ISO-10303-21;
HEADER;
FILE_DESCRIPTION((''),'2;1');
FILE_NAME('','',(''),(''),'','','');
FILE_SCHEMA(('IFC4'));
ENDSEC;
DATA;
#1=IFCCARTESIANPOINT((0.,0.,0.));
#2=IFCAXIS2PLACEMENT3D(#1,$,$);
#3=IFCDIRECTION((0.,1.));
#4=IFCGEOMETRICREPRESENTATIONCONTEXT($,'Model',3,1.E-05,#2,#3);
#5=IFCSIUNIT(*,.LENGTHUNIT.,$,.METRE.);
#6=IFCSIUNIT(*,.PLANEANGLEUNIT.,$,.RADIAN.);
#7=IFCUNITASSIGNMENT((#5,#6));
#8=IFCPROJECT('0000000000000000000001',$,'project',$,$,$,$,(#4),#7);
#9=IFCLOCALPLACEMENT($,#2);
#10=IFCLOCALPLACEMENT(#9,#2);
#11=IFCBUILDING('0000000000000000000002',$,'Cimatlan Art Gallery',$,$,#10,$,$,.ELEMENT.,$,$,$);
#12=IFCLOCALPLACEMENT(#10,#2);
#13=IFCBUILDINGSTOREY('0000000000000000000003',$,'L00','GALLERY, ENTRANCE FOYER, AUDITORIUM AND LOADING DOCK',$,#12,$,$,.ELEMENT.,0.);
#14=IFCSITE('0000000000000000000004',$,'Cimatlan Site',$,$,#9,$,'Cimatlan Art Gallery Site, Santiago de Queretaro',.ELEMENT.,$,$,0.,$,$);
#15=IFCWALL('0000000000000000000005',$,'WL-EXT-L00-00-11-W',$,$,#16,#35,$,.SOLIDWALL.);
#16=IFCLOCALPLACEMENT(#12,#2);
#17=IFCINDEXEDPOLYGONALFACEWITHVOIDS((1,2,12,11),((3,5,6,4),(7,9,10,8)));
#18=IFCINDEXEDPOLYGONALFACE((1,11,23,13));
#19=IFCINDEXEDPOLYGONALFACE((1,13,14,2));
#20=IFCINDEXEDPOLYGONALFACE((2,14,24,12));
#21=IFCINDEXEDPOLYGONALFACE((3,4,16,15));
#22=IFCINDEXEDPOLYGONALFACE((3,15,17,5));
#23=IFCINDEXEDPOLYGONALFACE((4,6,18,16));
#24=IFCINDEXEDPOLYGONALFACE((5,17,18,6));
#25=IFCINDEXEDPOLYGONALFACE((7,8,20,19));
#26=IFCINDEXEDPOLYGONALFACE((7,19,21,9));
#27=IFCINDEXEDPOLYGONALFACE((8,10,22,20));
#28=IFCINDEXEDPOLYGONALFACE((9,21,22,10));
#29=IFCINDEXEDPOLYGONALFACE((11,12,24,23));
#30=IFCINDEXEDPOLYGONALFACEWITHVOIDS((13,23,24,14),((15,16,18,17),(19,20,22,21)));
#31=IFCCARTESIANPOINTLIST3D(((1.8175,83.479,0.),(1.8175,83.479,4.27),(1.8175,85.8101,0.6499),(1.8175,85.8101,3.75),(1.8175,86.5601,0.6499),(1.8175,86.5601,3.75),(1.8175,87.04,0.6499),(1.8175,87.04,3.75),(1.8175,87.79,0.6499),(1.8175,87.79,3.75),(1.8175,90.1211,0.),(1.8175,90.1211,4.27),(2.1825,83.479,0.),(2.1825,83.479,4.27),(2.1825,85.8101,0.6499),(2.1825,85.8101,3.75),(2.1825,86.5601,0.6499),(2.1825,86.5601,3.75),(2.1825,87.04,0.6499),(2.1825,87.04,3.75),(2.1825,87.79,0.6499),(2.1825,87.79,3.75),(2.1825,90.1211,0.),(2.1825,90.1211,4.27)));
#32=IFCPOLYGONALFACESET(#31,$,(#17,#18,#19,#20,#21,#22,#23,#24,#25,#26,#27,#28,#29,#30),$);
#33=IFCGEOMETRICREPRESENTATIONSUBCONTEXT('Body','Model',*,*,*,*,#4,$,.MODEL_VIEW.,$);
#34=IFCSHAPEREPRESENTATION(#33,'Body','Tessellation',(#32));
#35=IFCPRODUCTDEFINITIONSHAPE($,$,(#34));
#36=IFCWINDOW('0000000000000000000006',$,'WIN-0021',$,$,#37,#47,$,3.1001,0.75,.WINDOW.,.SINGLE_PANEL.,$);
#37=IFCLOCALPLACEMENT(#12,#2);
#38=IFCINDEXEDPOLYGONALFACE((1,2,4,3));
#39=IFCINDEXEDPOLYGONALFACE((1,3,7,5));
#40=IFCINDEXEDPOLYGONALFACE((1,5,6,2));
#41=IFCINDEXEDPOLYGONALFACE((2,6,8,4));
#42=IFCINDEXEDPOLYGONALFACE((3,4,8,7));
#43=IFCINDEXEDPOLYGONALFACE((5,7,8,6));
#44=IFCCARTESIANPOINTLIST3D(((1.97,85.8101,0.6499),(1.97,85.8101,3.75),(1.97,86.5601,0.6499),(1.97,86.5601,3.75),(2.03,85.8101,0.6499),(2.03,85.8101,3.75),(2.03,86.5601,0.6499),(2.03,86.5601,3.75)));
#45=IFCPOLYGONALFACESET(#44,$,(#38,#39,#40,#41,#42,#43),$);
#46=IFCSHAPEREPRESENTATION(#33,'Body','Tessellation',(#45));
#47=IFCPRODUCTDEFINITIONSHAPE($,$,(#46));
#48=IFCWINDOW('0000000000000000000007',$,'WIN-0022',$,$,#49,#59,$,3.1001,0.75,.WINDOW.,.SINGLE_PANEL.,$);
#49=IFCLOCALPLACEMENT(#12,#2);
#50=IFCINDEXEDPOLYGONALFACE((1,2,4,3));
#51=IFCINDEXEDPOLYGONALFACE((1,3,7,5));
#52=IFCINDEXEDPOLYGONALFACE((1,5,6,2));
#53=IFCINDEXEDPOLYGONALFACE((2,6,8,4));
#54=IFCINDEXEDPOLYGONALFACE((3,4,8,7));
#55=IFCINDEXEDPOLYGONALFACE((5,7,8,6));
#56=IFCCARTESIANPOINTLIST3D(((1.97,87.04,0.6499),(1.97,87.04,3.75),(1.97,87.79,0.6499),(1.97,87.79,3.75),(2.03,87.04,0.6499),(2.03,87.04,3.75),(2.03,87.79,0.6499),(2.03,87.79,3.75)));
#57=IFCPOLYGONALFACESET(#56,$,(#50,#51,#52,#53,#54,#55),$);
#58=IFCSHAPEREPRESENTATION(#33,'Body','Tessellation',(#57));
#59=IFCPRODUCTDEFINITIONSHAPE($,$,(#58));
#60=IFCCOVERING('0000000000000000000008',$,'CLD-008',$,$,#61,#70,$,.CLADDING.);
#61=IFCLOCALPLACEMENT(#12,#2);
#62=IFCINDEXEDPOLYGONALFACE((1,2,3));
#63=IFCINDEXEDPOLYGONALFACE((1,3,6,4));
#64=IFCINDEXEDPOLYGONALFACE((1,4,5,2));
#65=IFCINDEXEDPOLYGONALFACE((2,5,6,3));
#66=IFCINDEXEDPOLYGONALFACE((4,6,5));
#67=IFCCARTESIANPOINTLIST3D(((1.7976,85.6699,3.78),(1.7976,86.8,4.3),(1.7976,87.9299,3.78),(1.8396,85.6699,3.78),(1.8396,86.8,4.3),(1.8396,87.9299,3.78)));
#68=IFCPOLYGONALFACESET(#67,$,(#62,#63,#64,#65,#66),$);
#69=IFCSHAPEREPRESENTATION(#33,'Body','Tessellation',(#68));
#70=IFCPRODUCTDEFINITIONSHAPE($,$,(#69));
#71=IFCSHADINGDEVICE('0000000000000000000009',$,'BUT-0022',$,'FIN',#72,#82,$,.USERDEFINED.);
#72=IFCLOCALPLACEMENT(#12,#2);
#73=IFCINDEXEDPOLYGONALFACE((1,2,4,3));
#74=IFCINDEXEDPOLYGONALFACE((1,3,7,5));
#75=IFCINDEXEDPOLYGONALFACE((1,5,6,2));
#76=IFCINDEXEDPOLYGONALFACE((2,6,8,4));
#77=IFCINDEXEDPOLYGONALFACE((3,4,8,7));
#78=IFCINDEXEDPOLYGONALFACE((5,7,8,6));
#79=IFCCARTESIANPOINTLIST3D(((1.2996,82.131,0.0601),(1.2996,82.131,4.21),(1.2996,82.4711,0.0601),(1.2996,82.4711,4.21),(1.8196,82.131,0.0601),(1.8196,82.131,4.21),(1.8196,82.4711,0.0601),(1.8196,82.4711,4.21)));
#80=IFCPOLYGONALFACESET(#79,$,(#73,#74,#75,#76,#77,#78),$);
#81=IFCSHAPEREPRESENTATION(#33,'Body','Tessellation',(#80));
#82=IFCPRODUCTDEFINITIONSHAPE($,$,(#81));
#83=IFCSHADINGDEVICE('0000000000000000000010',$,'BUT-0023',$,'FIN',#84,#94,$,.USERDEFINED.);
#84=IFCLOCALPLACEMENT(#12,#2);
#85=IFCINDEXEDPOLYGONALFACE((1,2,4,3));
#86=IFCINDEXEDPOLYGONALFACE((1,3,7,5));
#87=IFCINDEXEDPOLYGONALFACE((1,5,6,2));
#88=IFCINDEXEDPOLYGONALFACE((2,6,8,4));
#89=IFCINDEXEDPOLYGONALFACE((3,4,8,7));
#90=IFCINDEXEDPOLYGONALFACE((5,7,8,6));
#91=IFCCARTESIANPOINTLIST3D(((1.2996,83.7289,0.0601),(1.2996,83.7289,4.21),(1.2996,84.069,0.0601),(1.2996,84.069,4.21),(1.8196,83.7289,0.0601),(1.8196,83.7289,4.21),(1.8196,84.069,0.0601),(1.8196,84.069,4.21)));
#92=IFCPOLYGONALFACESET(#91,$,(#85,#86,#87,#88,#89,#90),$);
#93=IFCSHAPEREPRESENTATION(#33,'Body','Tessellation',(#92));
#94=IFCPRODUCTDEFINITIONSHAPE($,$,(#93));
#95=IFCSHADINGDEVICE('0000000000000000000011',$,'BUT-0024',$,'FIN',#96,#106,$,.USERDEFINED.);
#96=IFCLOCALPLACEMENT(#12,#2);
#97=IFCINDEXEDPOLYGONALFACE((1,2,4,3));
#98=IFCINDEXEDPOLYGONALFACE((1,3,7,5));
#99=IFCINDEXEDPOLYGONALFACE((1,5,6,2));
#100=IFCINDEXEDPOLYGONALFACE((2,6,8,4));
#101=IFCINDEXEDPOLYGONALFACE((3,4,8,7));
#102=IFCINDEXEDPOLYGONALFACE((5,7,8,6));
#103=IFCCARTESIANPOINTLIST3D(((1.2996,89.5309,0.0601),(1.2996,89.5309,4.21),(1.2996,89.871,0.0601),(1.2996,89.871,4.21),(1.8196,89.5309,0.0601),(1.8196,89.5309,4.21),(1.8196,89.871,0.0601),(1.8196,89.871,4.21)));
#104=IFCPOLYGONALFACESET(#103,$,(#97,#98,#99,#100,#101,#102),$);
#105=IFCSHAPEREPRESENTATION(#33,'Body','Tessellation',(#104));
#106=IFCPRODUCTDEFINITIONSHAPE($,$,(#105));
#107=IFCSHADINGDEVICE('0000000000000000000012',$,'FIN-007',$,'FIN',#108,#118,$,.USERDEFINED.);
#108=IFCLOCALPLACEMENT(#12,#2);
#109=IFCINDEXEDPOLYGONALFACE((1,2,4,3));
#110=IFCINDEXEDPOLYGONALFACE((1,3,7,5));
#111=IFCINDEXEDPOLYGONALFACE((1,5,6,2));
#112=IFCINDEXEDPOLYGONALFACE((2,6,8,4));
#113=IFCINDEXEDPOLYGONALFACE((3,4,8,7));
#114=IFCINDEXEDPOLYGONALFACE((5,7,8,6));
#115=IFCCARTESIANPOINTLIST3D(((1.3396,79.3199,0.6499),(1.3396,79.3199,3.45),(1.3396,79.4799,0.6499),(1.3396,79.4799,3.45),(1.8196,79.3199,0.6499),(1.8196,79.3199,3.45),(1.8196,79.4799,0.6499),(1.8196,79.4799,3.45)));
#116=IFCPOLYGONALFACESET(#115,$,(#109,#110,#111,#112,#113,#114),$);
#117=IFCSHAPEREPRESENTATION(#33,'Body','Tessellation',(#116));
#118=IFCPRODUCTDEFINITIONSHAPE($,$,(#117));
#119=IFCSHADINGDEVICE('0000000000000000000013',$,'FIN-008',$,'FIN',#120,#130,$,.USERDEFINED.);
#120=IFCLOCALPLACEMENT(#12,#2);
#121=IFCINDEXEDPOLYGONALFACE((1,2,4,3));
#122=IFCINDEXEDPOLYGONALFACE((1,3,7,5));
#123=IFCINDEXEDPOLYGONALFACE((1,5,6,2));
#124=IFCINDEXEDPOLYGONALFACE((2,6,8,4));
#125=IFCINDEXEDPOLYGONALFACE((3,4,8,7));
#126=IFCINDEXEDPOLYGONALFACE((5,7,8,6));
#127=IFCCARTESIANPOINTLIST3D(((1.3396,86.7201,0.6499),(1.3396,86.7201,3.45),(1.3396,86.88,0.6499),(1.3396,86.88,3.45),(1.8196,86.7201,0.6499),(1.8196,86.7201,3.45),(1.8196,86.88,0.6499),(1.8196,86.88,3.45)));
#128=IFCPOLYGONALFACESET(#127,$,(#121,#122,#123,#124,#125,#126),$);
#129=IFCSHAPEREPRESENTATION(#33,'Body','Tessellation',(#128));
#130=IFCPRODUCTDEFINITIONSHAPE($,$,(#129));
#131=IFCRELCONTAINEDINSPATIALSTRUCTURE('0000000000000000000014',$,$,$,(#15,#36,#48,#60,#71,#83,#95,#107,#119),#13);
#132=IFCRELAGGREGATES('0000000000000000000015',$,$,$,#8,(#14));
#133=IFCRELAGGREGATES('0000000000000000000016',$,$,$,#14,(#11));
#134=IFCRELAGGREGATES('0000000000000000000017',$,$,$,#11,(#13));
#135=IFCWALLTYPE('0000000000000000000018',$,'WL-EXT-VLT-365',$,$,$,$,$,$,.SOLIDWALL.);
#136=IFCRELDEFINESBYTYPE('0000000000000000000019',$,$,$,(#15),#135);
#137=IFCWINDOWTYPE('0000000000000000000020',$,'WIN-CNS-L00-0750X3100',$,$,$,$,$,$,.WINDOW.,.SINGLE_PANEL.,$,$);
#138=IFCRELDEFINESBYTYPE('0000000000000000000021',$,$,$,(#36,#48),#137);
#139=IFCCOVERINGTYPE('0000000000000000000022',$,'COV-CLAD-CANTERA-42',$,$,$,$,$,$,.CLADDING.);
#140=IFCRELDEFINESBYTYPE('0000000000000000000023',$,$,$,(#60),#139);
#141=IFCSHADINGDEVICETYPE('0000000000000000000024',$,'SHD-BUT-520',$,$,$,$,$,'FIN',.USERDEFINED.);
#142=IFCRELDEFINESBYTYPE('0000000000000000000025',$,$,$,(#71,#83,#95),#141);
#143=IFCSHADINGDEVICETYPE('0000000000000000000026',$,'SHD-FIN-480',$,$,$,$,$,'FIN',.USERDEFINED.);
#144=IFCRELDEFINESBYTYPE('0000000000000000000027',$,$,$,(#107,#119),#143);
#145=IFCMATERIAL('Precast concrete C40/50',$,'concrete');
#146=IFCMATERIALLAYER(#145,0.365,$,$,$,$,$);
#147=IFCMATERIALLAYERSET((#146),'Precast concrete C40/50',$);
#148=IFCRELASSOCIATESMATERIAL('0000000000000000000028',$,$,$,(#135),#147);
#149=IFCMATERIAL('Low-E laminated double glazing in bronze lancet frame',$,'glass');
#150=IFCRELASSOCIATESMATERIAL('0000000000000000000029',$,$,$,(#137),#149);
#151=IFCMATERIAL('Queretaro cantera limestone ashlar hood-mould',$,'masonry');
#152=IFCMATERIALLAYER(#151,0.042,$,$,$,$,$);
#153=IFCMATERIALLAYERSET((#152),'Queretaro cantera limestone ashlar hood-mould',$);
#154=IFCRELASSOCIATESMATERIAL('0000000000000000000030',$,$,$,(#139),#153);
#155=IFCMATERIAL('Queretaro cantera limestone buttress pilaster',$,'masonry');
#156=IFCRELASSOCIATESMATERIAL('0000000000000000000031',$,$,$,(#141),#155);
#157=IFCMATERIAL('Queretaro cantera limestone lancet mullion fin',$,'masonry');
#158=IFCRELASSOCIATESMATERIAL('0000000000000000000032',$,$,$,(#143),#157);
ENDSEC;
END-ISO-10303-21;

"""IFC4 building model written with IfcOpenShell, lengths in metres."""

from ifc_helpers import new_model, si_unit, direction, frame, frame_2d, origin, origin_2d, place, context, subcontext, project, spatial, polyline, rectangle, outline, extrude, material, layer, layer_set, type_object, element, fill, save


model = new_model("IFC4")

# Units and contexts
model_context = context("Model", 3, precision=1e-05, world=origin(), true_north=direction((0.0, 1.0)))
body_context = subcontext(model_context, "Body", "Model", "MODEL_VIEW")
ifc_project = project(units=[si_unit("LENGTHUNIT", "METRE"), si_unit("PLANEANGLEUNIT", "RADIAN")], contexts=[model_context])

# Site, building, storey
site_placement = place(None, origin())
site = spatial("IfcSite", under=ifc_project, at=site_placement, Name="Cimatlan Site", LongName="Cimatlan Art Gallery Site, Santiago de Queretaro", CompositionType="ELEMENT", RefElevation=0.0)
building_placement = place(site_placement, origin())
building = spatial("IfcBuilding", under=site, at=building_placement, Name="Cimatlan Art Gallery", CompositionType="ELEMENT")
storey_placement = place(building_placement, origin())
storey = spatial("IfcBuildingStorey", under=building, at=storey_placement, Name="L00", Description="GALLERY, ENTRANCE FOYER, AUDITORIUM AND LOADING DOCK", CompositionType="ELEMENT", Elevation=0.0)

# Wall, openings, windows
ifc_material_1 = material(Name="Precast concrete C40/50", Category="concrete")
ifc_layer_1 = layer(ifc_material_1, 0.365)
ifc_layer_set_1 = layer_set([ifc_layer_1], Name="Precast concrete C40/50")
wall_type = type_object("IfcWallType", Name="WL-EXT-VLT-365", PredefinedType="SOLIDWALL", material=ifc_layer_set_1)
wall_placement = place(storey_placement, frame((2.0, 83.479, 0.0), z_axis=(0.0, 0.0, 1.0), x_axis=(0.0, 1.0, 0.0)))
wall = element("IfcWall", 1, at=wall_placement, inside=storey, type_object=wall_type, Name="WL-EXT-L00-00-11-W", PredefinedType="SOLIDWALL", context=body_context, shape_type="SweptSolid", body=[
    extrude(rectangle(XDim=6.6421, YDim=0.365, at=frame_2d((3.321, 0.0))), origin(), (0.0, 0.0, 1.0), 4.27),
])
opening_1_placement = place(wall_placement, frame((2.3311, 0.0, 0.6499)))
opening_1 = element("IfcOpeningElement", 2, at=opening_1_placement, cuts=wall, PredefinedType="OPENING", context=body_context, shape_type="SweptSolid", body=[
    extrude(rectangle(XDim=0.75, YDim=3.1001, at=frame_2d((0.375, 1.55))), frame((0.0, 0.1924, 0.0), z_axis=(0.0, -1.0, 0.0), x_axis=(1.0, 0.0, 0.0)), (0.0, 0.0, 1.0), 0.385),
])
opening_2_placement = place(wall_placement, frame((3.561, 0.0, 0.6499)))
opening_2 = element("IfcOpeningElement", 3, at=opening_2_placement, cuts=wall, PredefinedType="OPENING", context=body_context, shape_type="SweptSolid", body=[
    extrude(rectangle(XDim=0.75, YDim=3.1001, at=frame_2d((0.375, 1.55))), frame((0.0, 0.1924, 0.0), z_axis=(0.0, -1.0, 0.0), x_axis=(1.0, 0.0, 0.0)), (0.0, 0.0, 1.0), 0.385),
])
ifc_material_2 = material(Name="Low-E laminated double glazing in bronze lancet frame", Category="glass")
window_type = type_object("IfcWindowType", Name="WIN-CNS-L00-0750X3100", PartitioningType="SINGLE_PANEL", PredefinedType="WINDOW", material=ifc_material_2)
window_1_placement = place(opening_1_placement, origin())
window_1 = element("IfcWindow", 4, at=window_1_placement, inside=storey, type_object=window_type, Name="WIN-0021", OverallHeight=3.1001, OverallWidth=0.75, PartitioningType="SINGLE_PANEL", PredefinedType="WINDOW", context=body_context, shape_type="SweptSolid", body=[
    extrude(rectangle(XDim=0.75, YDim=3.1001, at=frame_2d((0.375, 1.55))), frame((0.0, 0.03, 0.0), z_axis=(0.0, -1.0, 0.0), x_axis=(1.0, 0.0, 0.0)), (0.0, 0.0, 1.0), 0.0601),
])
fill(opening_1, window_1)
window_2_placement = place(opening_2_placement, origin())
window_2 = element("IfcWindow", 5, at=window_2_placement, inside=storey, type_object=window_type, Name="WIN-0022", OverallHeight=3.1001, OverallWidth=0.75, PartitioningType="SINGLE_PANEL", PredefinedType="WINDOW", context=body_context, shape_type="SweptSolid", body=[
    extrude(rectangle(XDim=0.75, YDim=3.1001, at=frame_2d((0.375, 1.55))), frame((0.0, 0.03, 0.0), z_axis=(0.0, -1.0, 0.0), x_axis=(1.0, 0.0, 0.0)), (0.0, 0.0, 1.0), 0.0601),
])
fill(opening_2, window_2)

# Covering
ifc_material_3 = material(Name="Queretaro cantera limestone ashlar hood-mould", Category="masonry")
ifc_layer_2 = layer(ifc_material_3, 0.042)
ifc_layer_set_2 = layer_set([ifc_layer_2], Name="Queretaro cantera limestone ashlar hood-mould")
covering_type = type_object("IfcCoveringType", Name="COV-CLAD-CANTERA-42", PredefinedType="CLADDING", material=ifc_layer_set_2)
covering_placement = place(storey_placement, frame((1.8396, 85.6699, 3.78), z_axis=(1.0, 0.0, 0.0), x_axis=(0.0, 1.0, 0.0)))
element("IfcCovering", 6, at=covering_placement, inside=storey, type_object=covering_type, Name="CLD-008", PredefinedType="CLADDING", context=body_context, shape_type="SweptSolid", body=[
    extrude(outline(polyline([(0.0, 0.0), (2.26, 0.0), (1.1301, 0.52), (0.0, 0.0)])), origin(), (0.0, 0.0, -1.0), 0.042),
])

# Shading devices
ifc_material_4 = material(Name="Queretaro cantera limestone buttress pilaster", Category="masonry")
shading_device_type_1 = type_object("IfcShadingDeviceType", Name="SHD-BUT-520", ElementType="FIN", PredefinedType="USERDEFINED", material=ifc_material_4)
for number, where, z_axis, x_axis, name in (
    (7, (1.5596, 82.301, 0.0601), (0.0, 0.0, 1.0), (0.0, 1.0, 0.0), "BUT-0022"),
    (8, (1.5596, 83.8989, 0.0601), (0.0, 0.0, 1.0), (0.0, 1.0, 0.0), "BUT-0023"),
    (9, (1.5596, 89.7009, 0.0601), (0.0, 0.0, 1.0), (0.0, 1.0, 0.0), "BUT-0024"),
):
    element("IfcShadingDevice", number, at=place(storey_placement, frame(where, z_axis=z_axis, x_axis=x_axis)), inside=storey, type_object=shading_device_type_1, Name=name, ObjectType="FIN", PredefinedType="USERDEFINED", context=body_context, shape_type="SweptSolid", body=[
        extrude(rectangle(XDim=0.3401, YDim=0.52, at=origin_2d()), origin(), (0.0, 0.0, 1.0), 4.1499),
    ])
ifc_material_5 = material(Name="Queretaro cantera limestone lancet mullion fin", Category="masonry")
shading_device_type_2 = type_object("IfcShadingDeviceType", Name="SHD-FIN-480", ElementType="FIN", PredefinedType="USERDEFINED", material=ifc_material_5)
for number, where, z_axis, x_axis, name in (
    (10, (1.5796, 79.3999, 0.6499), (0.0, 0.0, 1.0), (0.0, 1.0, 0.0), "FIN-007"),
    (11, (1.5796, 86.8, 0.6499), (0.0, 0.0, 1.0), (0.0, 1.0, 0.0), "FIN-008"),
):
    element("IfcShadingDevice", number, at=place(storey_placement, frame(where, z_axis=z_axis, x_axis=x_axis)), inside=storey, type_object=shading_device_type_2, Name=name, ObjectType="FIN", PredefinedType="USERDEFINED", context=body_context, shape_type="SweptSolid", body=[
        extrude(rectangle(XDim=0.1599, YDim=0.48, at=origin_2d()), origin(), (0.0, 0.0, 1.0), 2.8),
    ])

save(model, "model.ifc")
